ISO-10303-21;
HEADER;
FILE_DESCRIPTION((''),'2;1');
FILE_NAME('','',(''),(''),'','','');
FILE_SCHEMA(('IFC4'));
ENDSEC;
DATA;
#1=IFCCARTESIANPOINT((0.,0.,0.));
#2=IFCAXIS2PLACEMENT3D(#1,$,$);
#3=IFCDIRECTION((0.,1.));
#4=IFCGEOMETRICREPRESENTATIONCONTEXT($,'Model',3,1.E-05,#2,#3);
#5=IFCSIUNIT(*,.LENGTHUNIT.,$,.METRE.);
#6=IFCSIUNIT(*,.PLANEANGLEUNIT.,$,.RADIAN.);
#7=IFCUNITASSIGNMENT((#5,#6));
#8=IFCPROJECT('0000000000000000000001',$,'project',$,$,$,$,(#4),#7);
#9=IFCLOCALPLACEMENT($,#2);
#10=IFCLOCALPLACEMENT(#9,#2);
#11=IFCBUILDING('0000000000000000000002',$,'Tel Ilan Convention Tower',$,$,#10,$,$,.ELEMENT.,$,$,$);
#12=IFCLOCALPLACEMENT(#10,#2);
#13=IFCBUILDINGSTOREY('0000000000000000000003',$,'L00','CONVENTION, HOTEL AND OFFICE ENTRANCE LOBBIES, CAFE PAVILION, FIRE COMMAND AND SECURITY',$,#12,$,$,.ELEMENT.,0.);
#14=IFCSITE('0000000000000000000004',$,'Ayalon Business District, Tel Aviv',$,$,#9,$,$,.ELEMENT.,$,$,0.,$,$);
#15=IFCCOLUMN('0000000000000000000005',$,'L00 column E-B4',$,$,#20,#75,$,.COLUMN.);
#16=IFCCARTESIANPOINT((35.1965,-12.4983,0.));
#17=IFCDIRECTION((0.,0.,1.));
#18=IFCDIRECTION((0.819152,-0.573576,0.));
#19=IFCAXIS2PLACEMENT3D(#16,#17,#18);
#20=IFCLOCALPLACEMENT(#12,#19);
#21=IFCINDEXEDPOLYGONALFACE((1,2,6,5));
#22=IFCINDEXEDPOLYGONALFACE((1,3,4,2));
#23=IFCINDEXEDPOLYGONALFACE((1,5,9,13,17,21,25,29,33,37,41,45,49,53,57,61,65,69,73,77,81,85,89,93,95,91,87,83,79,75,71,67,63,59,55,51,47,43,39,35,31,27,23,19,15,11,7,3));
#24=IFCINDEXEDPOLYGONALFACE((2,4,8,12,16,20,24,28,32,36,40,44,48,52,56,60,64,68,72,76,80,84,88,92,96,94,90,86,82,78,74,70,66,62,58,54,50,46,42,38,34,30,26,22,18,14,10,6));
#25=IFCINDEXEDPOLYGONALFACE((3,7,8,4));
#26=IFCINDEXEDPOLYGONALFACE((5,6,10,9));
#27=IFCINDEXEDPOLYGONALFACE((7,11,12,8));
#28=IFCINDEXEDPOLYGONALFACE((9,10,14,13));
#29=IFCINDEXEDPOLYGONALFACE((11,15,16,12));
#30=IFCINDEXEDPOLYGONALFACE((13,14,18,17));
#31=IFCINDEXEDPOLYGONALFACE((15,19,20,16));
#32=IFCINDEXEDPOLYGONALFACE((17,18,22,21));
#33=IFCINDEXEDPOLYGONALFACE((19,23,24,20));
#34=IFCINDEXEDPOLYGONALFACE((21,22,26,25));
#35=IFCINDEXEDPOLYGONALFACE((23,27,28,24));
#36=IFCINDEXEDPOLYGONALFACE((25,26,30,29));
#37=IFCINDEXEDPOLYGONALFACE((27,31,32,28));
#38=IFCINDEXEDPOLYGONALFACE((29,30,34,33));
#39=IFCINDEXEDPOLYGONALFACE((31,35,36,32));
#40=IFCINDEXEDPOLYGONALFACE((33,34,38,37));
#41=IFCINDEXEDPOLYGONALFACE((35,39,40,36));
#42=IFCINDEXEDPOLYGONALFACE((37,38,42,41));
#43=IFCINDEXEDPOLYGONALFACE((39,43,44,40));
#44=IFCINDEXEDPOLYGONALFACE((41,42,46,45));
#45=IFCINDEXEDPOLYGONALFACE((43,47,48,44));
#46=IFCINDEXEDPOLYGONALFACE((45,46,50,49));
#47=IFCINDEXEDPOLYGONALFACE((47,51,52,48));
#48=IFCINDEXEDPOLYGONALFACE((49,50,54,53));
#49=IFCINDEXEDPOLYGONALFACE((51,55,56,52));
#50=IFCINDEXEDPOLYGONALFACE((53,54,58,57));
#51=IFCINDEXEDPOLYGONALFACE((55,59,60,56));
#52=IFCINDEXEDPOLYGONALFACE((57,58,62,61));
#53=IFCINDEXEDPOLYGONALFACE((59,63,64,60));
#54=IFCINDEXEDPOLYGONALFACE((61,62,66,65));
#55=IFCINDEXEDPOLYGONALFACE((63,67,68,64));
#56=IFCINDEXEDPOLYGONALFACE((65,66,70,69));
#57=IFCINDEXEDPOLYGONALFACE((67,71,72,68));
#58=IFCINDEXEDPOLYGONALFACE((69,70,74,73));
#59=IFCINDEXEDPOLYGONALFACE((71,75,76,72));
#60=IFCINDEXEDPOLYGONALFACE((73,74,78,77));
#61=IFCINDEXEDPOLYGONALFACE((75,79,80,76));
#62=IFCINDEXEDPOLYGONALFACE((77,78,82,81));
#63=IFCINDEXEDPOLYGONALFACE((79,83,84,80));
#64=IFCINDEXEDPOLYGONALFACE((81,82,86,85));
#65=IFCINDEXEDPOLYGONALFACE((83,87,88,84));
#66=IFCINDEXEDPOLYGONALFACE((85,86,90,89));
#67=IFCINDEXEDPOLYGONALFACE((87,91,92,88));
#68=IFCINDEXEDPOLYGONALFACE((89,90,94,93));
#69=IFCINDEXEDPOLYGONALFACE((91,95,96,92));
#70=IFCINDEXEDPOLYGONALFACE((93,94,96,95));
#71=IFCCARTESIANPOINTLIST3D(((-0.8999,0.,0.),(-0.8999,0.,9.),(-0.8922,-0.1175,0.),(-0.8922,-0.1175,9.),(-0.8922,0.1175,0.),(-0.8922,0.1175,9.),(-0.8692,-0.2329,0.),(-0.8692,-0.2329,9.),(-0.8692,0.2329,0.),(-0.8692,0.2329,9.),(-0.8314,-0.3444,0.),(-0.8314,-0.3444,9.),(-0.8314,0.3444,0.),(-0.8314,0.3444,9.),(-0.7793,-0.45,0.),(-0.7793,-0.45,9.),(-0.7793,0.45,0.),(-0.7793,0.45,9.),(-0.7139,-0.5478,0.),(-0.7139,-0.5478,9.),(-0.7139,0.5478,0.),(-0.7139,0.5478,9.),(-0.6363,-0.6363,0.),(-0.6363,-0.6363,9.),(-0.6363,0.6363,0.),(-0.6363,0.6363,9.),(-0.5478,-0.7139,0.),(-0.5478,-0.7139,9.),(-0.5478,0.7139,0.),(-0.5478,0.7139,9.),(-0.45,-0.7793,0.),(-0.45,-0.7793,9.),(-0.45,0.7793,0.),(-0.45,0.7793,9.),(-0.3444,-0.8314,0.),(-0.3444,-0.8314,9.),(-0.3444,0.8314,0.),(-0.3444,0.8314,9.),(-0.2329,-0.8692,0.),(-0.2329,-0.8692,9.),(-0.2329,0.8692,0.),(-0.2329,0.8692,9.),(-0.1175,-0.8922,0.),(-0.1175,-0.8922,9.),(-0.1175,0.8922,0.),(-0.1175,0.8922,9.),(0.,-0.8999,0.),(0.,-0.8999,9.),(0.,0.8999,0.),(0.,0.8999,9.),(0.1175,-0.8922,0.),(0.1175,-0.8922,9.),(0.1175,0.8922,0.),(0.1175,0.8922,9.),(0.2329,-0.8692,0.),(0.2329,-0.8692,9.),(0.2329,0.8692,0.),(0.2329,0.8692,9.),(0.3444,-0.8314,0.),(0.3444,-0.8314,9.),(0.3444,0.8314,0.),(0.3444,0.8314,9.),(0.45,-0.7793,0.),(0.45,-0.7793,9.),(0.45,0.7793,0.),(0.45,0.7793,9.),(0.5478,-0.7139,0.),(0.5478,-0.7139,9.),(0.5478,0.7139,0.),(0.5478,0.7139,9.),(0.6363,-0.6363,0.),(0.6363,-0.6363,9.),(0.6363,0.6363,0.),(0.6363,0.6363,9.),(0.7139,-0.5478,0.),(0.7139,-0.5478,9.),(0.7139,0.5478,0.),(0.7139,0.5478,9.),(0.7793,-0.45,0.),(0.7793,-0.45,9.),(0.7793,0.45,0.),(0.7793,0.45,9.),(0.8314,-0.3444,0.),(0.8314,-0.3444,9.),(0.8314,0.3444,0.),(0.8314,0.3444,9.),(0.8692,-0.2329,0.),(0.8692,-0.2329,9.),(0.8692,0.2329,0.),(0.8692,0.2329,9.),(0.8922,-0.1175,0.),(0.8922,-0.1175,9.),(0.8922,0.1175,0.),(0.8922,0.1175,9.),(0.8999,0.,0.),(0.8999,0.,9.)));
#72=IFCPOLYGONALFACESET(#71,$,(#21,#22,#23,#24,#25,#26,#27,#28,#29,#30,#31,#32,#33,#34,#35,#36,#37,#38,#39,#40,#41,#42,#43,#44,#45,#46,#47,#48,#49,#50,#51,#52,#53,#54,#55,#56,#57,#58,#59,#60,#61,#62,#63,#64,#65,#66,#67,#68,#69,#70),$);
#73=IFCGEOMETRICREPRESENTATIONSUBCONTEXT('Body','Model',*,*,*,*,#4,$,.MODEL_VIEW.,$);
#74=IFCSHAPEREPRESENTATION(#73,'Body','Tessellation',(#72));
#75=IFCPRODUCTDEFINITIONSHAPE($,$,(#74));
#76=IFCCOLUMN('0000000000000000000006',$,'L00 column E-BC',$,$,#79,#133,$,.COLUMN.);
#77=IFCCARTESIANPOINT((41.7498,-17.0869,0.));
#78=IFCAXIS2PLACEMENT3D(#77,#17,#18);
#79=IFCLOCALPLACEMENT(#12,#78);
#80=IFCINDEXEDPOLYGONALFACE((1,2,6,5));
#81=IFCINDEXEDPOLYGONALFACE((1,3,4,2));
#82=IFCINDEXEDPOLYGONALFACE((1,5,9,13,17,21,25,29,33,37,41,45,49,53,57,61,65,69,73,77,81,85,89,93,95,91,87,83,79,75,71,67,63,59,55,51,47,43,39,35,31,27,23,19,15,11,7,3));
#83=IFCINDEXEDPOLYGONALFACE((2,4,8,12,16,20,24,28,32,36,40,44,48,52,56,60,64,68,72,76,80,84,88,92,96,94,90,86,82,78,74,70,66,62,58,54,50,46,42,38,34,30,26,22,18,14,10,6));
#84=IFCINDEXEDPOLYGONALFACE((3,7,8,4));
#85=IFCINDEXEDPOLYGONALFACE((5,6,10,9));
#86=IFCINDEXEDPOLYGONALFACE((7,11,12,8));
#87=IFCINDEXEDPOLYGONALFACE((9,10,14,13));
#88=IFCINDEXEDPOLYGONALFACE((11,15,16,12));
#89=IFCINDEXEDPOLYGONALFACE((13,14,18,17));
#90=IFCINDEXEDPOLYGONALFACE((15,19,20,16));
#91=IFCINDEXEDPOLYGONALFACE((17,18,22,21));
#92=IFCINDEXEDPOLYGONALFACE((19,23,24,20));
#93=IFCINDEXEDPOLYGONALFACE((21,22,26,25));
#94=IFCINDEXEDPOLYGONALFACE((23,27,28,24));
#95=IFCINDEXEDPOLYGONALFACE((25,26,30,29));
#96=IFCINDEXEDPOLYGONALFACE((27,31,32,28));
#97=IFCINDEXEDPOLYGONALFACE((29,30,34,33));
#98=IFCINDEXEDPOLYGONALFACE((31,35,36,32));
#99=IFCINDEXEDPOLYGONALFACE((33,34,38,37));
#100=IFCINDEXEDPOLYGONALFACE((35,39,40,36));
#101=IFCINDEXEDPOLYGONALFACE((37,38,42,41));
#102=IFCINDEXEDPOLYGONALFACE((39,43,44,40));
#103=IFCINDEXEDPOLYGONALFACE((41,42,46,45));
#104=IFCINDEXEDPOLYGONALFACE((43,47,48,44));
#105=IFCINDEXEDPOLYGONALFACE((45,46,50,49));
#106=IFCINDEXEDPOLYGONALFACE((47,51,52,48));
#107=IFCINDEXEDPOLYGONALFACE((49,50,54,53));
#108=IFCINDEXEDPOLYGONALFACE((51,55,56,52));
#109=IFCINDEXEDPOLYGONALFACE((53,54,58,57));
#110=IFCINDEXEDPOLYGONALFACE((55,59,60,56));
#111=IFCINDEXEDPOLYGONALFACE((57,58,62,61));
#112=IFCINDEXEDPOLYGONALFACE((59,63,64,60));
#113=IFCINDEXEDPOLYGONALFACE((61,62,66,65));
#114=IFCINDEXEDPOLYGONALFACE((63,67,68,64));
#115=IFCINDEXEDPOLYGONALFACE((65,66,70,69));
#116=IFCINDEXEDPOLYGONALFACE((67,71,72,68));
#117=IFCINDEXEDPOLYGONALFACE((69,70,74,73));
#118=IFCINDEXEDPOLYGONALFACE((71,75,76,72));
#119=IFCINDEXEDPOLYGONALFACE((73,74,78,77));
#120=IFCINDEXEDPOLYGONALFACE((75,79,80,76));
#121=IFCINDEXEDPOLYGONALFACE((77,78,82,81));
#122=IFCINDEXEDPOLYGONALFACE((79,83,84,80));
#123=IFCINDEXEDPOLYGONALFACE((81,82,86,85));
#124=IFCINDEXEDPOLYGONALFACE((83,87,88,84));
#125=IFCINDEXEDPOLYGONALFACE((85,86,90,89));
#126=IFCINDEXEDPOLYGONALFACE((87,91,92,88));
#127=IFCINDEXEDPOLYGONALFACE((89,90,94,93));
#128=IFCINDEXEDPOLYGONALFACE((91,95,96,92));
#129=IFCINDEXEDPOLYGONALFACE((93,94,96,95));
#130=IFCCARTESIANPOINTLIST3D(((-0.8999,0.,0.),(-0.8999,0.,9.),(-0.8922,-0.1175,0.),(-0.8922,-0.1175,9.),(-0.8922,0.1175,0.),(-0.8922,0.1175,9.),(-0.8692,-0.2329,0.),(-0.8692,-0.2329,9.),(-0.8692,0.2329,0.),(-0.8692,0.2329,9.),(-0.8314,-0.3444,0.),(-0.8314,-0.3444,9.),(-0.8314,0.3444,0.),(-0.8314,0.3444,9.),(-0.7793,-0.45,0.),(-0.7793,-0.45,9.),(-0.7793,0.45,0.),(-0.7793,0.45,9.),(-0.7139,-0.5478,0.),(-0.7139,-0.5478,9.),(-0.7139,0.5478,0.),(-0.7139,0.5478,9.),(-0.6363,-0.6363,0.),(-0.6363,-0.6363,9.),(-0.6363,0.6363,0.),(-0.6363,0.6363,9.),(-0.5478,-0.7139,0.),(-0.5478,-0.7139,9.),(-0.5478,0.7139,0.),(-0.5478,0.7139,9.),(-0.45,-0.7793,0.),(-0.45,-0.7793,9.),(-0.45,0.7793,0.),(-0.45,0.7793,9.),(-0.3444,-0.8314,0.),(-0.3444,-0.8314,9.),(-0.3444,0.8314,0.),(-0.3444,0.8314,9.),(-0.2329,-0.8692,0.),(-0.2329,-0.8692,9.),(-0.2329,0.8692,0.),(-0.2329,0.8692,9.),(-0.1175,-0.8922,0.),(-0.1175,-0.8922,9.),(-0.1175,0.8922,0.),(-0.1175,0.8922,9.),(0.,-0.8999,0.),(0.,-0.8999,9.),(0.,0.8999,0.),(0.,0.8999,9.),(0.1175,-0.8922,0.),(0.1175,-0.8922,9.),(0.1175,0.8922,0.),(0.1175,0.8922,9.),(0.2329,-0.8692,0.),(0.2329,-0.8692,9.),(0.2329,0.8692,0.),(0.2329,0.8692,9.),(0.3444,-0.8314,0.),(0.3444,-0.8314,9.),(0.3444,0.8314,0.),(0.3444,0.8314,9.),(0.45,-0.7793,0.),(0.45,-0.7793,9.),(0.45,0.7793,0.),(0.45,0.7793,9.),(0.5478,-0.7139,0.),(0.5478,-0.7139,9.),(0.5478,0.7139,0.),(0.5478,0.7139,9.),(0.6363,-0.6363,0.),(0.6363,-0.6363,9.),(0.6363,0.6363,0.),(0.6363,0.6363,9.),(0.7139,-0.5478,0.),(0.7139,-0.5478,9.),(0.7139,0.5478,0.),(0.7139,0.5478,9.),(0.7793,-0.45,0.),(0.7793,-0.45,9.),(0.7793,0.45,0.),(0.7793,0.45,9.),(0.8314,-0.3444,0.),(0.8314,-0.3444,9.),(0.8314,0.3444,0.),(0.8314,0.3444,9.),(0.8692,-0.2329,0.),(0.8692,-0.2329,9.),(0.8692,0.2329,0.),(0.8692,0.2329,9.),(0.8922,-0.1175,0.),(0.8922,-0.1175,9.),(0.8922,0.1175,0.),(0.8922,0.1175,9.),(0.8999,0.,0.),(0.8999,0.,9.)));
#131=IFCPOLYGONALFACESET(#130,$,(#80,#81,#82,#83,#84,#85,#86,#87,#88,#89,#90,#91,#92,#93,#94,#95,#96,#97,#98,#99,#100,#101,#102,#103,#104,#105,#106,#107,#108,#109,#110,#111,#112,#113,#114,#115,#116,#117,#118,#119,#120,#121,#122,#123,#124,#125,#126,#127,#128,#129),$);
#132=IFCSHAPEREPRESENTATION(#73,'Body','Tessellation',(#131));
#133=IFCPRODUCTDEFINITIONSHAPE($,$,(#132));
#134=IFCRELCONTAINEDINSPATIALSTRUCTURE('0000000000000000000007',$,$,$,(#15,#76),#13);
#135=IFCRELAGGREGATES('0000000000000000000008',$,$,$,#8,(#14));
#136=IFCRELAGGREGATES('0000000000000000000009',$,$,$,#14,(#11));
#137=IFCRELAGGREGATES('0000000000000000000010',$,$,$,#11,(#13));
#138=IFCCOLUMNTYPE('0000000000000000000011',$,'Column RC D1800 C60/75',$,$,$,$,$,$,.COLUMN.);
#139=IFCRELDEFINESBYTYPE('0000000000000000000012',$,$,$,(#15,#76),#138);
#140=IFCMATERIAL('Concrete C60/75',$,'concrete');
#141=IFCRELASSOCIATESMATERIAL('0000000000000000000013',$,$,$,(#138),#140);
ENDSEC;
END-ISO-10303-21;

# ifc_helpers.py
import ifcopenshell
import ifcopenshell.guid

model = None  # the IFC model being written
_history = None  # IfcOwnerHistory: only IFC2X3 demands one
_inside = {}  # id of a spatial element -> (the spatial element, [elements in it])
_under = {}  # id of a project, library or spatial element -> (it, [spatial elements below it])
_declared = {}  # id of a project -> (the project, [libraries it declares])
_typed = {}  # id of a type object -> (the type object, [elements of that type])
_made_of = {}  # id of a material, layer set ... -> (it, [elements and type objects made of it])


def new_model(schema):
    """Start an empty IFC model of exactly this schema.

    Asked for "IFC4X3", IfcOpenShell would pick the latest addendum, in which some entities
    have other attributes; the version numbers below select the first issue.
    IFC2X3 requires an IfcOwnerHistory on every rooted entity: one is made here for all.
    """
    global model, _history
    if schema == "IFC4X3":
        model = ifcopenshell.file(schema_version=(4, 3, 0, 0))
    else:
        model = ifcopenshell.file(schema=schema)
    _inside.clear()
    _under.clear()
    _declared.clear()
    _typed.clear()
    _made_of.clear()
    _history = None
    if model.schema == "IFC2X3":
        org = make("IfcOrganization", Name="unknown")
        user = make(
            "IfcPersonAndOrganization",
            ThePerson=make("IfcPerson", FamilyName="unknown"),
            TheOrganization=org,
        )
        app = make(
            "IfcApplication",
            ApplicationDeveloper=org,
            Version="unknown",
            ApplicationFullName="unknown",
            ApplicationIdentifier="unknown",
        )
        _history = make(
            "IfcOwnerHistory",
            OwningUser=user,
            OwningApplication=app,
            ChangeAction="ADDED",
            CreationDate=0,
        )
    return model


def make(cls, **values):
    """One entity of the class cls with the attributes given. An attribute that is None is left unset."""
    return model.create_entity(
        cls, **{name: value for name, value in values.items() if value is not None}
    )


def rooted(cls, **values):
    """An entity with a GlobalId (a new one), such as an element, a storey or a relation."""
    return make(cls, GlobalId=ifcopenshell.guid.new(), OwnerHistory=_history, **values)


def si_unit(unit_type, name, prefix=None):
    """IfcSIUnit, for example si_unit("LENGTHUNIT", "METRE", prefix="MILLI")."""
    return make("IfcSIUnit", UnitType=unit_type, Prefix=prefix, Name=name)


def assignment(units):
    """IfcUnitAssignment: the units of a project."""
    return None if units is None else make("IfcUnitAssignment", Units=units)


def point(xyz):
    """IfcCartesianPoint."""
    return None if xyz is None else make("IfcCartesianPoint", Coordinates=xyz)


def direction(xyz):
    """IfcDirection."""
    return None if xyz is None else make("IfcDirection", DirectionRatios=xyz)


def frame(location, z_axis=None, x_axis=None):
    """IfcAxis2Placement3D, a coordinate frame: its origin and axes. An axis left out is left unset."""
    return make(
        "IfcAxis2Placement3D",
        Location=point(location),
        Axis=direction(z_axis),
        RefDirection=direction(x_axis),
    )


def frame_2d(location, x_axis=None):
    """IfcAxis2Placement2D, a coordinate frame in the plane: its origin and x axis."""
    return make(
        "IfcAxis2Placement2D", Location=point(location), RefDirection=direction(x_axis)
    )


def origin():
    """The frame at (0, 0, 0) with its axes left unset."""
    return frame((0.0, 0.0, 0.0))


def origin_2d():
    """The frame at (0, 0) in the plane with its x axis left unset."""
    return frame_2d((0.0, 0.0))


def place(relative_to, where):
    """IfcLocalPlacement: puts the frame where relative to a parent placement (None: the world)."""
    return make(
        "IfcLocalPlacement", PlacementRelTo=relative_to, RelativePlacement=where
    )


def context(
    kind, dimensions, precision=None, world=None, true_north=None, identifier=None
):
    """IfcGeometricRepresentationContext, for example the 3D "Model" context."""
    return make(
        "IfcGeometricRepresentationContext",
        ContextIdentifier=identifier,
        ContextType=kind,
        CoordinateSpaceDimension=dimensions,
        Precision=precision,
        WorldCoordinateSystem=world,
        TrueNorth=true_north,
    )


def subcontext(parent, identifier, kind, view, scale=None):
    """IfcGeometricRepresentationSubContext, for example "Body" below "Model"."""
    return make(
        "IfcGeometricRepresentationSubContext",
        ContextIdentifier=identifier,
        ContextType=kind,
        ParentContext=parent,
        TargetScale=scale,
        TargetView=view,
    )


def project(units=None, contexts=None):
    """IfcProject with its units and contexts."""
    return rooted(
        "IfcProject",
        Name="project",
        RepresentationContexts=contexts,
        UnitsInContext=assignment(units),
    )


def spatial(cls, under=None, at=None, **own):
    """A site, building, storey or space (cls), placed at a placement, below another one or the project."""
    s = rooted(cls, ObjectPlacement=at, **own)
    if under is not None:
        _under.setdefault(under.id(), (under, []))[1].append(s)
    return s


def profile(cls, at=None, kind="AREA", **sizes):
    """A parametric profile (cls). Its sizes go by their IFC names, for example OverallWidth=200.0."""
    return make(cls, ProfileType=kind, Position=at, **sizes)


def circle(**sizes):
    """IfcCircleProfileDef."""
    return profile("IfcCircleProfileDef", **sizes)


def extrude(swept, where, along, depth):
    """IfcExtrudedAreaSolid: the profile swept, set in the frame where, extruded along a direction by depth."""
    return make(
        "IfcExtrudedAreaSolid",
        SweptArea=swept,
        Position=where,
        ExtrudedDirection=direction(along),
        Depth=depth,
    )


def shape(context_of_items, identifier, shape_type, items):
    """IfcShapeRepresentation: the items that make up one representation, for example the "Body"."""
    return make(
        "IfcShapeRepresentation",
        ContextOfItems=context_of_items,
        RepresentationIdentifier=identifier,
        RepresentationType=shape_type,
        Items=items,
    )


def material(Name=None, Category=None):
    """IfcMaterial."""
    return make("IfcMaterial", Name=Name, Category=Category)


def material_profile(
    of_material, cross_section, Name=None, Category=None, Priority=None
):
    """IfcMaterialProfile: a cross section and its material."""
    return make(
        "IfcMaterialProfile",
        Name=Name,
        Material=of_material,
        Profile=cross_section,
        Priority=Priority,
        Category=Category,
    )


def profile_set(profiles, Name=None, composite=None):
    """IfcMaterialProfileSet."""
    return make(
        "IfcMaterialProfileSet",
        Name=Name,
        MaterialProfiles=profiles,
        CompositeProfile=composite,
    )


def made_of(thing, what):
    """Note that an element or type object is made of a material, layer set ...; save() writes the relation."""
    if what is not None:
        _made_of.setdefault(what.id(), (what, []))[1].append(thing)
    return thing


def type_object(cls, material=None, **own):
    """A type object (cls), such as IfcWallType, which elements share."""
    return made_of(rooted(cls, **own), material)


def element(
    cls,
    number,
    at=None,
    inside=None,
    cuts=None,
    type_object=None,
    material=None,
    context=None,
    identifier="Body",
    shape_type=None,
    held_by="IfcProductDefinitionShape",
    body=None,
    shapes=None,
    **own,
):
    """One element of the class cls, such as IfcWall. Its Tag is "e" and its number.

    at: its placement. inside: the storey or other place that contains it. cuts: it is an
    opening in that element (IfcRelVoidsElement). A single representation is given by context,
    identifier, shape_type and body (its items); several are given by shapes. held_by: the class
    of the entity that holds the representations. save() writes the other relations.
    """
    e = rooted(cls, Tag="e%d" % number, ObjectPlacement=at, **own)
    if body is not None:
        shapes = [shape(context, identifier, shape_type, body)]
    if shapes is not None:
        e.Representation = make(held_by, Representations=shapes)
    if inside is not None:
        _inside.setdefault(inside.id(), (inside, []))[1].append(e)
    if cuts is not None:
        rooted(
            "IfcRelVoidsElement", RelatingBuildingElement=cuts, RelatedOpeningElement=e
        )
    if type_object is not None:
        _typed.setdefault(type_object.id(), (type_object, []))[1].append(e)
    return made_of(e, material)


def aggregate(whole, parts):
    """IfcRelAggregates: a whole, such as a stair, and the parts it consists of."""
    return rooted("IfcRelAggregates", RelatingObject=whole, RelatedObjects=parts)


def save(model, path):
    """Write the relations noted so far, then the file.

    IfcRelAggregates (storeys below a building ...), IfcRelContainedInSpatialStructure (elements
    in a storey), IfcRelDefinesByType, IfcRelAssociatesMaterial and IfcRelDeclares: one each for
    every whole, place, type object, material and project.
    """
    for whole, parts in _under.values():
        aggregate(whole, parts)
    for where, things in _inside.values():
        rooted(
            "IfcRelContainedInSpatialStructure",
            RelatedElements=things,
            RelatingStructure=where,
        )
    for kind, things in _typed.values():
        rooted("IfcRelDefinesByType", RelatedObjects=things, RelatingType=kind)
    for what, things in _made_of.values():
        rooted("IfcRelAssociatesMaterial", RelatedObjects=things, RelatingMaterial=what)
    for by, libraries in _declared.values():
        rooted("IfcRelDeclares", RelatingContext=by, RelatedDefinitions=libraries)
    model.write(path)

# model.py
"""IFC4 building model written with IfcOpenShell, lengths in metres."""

from ifc_helpers import new_model, si_unit, direction, frame, origin, origin_2d, place, context, subcontext, project, spatial, circle, extrude, material, material_profile, profile_set, type_object, element, save


model = new_model("IFC4")

# Units and contexts
model_context = context("Model", 3, precision=1e-05, world=origin(), true_north=direction((0.0, 1.0)))
body_context = subcontext(model_context, "Body", "Model", "MODEL_VIEW")
ifc_project = project(units=[si_unit("LENGTHUNIT", "METRE"), si_unit("PLANEANGLEUNIT", "RADIAN")], contexts=[model_context])

# Site, building, storey
site_placement = place(None, origin())
site = spatial("IfcSite", under=ifc_project, at=site_placement, Name="Ayalon Business District, Tel Aviv", CompositionType="ELEMENT", RefElevation=0.0)
building_placement = place(site_placement, origin())
building = spatial("IfcBuilding", under=site, at=building_placement, Name="Tel Ilan Convention Tower", CompositionType="ELEMENT")
storey_placement = place(building_placement, origin())
storey = spatial("IfcBuildingStorey", under=building, at=storey_placement, Name="L00", Description="CONVENTION, HOTEL AND OFFICE ENTRANCE LOBBIES, CAFE PAVILION, FIRE COMMAND AND SECURITY", CompositionType="ELEMENT", Elevation=0.0)

# Columns
ifc_material_1 = material(Name="Concrete C60/75", Category="concrete")
ifc_material_profile_1 = material_profile(ifc_material_1, circle(Radius=0.8999, at=origin_2d()), Name="RC D1800")
ifc_profile_set_1 = profile_set([ifc_material_profile_1], Name="Concrete C60/75")
column_type_1 = type_object("IfcColumnType", Name="Column RC D1800 C60/75", PredefinedType="COLUMN", material=ifc_profile_set_1)
for number, where, z_axis, x_axis, name in (
    (1, (35.1965, -12.4983, 0.0), (0.0, 0.0, 1.0), (0.819152, -0.573576, 0.0), "L00 column E-B4"),
    (2, (41.7498, -17.0869, 0.0), (0.0, 0.0, 1.0), (0.819152, -0.573576, 0.0), "L00 column E-BC"),
):
    element("IfcColumn", number, at=place(storey_placement, frame(where, z_axis=z_axis, x_axis=x_axis)), inside=storey, type_object=column_type_1, Name=name, PredefinedType="COLUMN", context=body_context, shape_type="SweptSolid", body=[
        extrude(circle(Radius=0.8999, at=origin_2d()), origin(), (0.0, 0.0, 1.0), 9.0),
    ])

save(model, "model.ifc")
